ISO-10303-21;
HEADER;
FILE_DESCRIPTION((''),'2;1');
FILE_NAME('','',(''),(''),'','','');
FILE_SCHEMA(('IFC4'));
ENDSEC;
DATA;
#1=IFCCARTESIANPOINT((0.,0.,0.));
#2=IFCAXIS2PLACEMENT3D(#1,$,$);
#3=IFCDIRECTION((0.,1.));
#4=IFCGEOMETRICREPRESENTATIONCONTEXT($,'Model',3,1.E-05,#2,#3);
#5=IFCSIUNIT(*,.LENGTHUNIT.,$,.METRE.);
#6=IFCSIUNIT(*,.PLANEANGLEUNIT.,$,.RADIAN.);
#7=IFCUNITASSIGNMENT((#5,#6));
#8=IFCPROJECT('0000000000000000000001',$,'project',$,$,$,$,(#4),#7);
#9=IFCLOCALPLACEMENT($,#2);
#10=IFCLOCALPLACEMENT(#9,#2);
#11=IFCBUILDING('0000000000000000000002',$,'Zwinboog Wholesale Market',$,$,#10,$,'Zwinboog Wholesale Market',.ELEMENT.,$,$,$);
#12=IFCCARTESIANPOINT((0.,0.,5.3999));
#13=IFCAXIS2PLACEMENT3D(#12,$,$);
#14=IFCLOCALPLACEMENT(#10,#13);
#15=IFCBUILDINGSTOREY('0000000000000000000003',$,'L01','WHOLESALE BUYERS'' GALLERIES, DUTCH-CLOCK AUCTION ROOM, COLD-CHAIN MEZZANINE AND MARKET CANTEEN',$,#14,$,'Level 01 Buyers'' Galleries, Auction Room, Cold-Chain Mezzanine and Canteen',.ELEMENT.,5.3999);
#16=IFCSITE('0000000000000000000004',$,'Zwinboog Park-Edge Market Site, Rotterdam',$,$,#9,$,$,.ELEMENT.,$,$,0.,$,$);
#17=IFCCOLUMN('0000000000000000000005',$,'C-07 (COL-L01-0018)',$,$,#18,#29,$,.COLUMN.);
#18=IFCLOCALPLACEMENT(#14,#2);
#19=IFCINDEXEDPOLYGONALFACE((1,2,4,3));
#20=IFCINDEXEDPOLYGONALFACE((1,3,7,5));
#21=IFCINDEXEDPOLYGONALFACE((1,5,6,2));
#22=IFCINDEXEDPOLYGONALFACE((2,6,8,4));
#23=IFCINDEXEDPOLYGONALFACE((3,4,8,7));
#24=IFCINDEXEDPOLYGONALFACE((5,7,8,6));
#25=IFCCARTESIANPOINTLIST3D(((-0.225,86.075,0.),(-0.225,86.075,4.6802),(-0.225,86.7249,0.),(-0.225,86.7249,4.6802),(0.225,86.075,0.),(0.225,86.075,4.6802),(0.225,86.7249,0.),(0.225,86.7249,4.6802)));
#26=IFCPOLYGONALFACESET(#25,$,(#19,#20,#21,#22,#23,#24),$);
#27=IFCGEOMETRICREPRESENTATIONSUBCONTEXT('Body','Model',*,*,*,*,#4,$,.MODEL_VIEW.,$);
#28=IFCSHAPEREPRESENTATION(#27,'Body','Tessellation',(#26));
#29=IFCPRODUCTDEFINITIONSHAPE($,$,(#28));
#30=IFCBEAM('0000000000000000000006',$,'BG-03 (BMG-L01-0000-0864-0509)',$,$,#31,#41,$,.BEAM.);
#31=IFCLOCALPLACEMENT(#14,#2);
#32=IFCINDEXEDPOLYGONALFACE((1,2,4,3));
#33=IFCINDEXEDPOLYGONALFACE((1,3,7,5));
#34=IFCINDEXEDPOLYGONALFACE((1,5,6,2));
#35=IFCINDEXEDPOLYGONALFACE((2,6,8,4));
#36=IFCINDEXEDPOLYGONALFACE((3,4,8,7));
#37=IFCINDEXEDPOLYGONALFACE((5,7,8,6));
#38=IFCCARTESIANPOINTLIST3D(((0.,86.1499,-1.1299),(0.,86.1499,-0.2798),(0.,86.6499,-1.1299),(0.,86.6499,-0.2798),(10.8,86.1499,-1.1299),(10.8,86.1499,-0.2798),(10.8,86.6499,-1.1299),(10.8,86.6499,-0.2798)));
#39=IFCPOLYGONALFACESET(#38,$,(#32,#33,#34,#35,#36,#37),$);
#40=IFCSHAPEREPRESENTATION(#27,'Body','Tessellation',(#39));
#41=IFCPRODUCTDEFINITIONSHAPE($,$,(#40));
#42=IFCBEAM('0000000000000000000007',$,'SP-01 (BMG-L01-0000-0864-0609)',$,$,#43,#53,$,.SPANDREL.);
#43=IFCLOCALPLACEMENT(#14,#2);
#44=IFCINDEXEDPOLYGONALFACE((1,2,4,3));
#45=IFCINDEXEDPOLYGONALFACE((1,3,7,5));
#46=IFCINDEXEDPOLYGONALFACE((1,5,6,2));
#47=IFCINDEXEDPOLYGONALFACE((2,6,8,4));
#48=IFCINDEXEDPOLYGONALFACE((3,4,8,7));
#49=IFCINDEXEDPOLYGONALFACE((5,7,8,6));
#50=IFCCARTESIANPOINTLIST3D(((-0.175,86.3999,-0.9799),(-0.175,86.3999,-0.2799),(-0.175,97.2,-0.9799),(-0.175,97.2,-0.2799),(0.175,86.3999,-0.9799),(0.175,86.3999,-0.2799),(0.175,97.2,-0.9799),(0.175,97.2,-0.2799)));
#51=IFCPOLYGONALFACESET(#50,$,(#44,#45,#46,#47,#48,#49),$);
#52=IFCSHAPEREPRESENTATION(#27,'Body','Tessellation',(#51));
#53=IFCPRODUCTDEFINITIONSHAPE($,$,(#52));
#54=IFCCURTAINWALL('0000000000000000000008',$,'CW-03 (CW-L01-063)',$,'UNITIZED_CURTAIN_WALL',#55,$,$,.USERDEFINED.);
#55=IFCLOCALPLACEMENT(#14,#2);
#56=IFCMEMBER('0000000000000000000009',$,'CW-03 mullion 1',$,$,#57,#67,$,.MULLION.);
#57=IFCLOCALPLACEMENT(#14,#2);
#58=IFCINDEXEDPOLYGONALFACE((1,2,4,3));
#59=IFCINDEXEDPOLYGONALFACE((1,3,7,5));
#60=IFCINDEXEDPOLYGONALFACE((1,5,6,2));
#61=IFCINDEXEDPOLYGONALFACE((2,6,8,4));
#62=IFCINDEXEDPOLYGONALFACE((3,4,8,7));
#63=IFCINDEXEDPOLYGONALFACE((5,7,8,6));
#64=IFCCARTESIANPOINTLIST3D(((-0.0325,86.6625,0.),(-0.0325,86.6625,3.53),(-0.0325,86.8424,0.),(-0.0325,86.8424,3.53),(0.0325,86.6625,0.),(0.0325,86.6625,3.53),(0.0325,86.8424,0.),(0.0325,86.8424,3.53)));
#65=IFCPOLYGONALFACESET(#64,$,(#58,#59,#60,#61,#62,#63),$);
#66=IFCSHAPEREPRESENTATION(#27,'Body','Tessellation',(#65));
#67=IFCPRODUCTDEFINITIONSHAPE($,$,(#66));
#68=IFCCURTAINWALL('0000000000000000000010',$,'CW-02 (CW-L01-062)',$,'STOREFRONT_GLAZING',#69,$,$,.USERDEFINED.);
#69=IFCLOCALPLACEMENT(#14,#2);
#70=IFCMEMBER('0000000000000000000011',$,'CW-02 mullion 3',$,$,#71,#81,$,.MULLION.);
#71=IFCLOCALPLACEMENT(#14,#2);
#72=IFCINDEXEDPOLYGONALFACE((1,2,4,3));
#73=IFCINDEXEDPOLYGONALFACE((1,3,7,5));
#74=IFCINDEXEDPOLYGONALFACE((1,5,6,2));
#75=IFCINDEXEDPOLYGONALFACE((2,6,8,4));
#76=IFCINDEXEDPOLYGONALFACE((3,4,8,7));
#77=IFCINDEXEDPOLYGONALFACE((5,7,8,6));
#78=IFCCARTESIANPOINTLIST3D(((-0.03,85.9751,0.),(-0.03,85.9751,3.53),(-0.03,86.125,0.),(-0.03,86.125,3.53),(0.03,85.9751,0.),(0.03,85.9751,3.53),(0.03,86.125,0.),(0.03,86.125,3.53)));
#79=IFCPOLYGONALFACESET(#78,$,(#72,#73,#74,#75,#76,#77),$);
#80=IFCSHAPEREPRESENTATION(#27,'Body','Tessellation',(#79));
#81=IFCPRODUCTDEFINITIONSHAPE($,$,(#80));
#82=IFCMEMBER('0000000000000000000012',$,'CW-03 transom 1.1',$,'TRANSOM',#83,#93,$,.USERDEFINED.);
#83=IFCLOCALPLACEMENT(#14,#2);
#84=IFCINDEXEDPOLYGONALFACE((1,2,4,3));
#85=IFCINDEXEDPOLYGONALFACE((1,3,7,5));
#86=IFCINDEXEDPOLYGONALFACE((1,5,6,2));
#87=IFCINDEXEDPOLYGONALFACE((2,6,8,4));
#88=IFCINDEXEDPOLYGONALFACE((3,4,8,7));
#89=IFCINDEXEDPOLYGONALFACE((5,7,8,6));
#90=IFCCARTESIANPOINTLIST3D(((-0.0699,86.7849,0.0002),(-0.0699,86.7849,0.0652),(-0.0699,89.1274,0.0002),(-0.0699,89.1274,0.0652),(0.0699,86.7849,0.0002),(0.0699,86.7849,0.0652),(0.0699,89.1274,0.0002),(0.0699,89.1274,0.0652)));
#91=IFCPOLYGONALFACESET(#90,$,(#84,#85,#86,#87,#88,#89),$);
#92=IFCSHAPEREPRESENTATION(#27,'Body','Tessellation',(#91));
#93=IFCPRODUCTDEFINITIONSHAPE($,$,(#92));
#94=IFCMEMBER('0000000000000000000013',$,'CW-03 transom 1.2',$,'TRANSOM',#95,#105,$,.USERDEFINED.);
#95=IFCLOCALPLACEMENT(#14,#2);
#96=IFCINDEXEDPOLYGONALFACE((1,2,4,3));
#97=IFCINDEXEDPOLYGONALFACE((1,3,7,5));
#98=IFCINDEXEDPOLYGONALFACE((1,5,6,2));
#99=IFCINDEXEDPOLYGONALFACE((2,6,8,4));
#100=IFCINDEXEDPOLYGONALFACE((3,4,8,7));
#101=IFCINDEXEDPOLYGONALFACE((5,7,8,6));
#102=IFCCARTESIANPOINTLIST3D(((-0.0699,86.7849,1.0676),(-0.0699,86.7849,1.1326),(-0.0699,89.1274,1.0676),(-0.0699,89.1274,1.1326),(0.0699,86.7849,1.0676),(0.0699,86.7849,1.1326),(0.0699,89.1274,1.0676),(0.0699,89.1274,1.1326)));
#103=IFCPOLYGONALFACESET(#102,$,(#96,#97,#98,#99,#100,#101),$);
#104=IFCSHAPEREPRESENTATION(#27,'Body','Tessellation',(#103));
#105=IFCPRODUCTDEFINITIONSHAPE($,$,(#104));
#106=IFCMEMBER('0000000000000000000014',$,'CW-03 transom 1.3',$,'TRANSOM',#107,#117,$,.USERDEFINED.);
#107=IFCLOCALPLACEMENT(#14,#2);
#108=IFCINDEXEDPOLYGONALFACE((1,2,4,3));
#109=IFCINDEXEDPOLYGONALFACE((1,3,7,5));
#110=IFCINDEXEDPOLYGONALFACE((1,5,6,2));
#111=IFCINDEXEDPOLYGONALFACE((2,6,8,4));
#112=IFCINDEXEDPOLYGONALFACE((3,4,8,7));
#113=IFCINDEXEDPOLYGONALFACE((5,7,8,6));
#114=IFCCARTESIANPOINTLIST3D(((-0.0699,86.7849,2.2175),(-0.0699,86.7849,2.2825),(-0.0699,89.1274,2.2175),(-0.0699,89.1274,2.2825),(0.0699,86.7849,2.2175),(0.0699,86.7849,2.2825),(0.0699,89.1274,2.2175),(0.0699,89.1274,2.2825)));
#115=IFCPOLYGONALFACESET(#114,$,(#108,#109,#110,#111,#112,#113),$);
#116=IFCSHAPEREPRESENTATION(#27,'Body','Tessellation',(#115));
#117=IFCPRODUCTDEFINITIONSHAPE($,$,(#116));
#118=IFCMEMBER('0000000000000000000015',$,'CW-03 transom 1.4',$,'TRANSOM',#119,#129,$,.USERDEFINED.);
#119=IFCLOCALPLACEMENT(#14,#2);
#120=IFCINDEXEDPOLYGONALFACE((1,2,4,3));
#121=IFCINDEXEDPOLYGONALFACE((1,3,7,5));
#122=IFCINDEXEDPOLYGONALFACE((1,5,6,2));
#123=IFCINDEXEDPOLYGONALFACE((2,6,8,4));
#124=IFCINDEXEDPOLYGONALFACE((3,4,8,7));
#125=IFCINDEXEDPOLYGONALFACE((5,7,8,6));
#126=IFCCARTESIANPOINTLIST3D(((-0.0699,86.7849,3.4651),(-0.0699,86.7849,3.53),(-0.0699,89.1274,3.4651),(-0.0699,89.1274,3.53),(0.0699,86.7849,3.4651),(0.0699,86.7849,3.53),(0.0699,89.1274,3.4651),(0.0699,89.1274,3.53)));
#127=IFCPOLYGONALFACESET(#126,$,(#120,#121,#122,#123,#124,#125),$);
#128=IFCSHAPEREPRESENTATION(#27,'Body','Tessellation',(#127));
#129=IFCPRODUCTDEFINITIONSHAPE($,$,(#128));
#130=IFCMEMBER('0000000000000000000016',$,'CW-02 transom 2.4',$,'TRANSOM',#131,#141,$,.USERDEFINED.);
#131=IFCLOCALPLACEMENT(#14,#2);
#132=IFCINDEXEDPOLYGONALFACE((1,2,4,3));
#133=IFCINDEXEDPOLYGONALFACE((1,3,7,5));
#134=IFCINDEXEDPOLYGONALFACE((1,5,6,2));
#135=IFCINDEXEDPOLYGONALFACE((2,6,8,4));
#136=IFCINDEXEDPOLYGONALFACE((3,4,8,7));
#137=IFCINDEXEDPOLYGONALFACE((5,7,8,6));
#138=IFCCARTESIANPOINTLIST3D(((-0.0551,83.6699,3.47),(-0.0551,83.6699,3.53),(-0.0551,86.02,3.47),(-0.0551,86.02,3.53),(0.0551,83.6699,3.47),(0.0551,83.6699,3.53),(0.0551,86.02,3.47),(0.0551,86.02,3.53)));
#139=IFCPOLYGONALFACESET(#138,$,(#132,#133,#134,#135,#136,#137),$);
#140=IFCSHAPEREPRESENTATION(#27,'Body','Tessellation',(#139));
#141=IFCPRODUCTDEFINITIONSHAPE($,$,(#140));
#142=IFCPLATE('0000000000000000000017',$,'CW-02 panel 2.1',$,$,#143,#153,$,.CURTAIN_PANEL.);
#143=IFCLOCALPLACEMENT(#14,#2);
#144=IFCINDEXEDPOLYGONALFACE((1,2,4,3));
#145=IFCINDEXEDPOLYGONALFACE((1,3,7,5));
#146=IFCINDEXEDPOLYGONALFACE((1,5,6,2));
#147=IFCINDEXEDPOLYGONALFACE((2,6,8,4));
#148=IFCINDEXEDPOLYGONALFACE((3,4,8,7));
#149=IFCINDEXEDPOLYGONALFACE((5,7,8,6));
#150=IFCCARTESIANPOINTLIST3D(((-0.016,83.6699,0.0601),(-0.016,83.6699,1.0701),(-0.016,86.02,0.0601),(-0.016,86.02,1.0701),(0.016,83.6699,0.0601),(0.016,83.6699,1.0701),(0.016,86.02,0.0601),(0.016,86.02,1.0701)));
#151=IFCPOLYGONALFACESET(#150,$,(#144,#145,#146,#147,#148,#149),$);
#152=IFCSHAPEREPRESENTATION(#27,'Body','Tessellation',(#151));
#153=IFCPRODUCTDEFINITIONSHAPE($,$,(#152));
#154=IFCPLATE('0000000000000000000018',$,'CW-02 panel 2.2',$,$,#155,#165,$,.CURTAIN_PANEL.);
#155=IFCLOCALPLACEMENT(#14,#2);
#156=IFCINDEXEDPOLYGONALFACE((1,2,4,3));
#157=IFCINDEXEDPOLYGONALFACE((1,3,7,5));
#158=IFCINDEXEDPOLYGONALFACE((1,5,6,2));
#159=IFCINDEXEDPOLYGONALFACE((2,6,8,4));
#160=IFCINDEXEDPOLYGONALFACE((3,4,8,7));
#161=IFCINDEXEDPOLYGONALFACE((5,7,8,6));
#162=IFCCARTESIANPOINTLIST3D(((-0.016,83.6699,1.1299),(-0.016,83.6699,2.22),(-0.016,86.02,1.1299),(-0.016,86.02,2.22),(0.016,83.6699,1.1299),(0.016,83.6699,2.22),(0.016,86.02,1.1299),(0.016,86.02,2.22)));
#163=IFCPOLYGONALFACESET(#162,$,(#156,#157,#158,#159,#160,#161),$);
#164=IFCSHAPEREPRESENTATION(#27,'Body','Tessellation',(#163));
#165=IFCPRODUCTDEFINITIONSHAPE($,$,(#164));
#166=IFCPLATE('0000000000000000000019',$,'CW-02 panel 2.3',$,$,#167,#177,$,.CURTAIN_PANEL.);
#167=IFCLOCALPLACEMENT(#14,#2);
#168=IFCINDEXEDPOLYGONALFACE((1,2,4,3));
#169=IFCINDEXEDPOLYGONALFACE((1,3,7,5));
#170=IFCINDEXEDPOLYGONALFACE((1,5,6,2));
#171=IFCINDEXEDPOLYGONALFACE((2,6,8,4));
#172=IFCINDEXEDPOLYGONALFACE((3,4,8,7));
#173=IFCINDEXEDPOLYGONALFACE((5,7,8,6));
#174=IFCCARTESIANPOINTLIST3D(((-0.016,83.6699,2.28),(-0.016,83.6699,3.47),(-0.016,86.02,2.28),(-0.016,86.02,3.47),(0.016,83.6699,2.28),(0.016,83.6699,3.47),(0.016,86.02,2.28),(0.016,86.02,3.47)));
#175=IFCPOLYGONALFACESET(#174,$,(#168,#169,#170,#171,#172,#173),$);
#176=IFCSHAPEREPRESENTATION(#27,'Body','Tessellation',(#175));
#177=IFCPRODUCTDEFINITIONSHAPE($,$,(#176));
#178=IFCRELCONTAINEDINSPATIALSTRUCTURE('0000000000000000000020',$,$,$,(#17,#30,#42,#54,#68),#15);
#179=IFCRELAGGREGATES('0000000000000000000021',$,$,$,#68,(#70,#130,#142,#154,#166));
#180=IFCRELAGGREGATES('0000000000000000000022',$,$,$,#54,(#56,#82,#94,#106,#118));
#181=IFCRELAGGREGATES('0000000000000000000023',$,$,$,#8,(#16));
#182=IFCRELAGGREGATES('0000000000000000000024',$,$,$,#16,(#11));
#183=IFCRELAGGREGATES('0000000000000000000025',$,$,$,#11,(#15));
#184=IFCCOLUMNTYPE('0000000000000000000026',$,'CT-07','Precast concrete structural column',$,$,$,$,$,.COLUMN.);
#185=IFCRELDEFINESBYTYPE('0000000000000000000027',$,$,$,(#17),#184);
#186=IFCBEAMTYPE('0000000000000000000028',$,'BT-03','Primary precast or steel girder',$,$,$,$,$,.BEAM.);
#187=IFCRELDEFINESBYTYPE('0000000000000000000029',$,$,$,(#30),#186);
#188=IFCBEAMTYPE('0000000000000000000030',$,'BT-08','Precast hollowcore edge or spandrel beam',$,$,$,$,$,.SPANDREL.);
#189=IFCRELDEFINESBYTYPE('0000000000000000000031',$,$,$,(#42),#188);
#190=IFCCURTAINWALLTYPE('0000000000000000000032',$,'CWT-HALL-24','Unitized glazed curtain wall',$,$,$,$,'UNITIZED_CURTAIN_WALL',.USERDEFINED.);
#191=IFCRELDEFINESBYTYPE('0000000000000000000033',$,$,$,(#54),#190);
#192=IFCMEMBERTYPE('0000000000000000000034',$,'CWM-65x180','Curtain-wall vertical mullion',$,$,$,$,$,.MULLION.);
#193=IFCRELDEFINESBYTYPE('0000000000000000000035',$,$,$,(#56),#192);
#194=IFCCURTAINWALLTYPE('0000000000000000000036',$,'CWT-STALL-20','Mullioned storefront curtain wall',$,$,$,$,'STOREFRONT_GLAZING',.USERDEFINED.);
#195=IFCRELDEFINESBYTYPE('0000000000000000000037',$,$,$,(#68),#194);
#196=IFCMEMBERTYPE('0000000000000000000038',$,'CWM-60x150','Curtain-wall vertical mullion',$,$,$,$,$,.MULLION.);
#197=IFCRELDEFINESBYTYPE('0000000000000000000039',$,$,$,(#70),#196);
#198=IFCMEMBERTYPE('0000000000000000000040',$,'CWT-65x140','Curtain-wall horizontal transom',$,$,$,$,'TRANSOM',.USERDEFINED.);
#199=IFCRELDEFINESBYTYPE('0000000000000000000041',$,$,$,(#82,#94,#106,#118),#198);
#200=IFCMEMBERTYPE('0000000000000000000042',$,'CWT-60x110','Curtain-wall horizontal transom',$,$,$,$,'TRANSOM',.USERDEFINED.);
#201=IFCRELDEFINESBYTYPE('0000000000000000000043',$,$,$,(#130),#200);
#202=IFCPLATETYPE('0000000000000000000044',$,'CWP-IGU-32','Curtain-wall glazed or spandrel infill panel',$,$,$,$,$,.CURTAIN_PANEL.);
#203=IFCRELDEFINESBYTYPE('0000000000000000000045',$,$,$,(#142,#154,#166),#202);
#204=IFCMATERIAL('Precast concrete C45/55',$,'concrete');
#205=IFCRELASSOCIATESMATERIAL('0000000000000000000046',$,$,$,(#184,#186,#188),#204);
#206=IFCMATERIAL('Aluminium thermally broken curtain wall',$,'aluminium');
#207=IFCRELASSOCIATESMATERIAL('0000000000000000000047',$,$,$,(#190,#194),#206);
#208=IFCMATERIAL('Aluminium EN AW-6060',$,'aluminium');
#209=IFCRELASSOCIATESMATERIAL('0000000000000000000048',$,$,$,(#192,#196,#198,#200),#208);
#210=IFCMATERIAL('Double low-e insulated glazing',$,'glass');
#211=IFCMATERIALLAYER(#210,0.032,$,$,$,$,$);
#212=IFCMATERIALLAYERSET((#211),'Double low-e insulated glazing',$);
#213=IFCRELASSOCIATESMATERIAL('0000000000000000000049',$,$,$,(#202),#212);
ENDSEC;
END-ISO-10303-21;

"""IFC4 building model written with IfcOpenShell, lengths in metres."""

from ifc_helpers import new_model, si_unit, direction, frame, origin, origin_2d, place, context, subcontext, project, spatial, rectangle, extrude, material, layer, layer_set, material_profile, profile_set, type_object, element, aggregate, save


model = new_model("IFC4")

# Units and contexts
model_context = context("Model", 3, precision=1e-05, world=origin(), true_north=direction((0.0, 1.0)))
body_context = subcontext(model_context, "Body", "Model", "MODEL_VIEW")
ifc_project = project(units=[si_unit("LENGTHUNIT", "METRE"), si_unit("PLANEANGLEUNIT", "RADIAN")], contexts=[model_context])

# Site, building, storey
site_placement = place(None, origin())
site = spatial("IfcSite", under=ifc_project, at=site_placement, Name="Zwinboog Park-Edge Market Site, Rotterdam", CompositionType="ELEMENT", RefElevation=0.0)
building_placement = place(site_placement, origin())
building = spatial("IfcBuilding", under=site, at=building_placement, Name="Zwinboog Wholesale Market", LongName="Zwinboog Wholesale Market", CompositionType="ELEMENT")
storey_placement = place(building_placement, frame((0.0, 0.0, 5.3999)))
storey = spatial("IfcBuildingStorey", under=building, at=storey_placement, Name="L01", Description="WHOLESALE BUYERS' GALLERIES, DUTCH-CLOCK AUCTION ROOM, COLD-CHAIN MEZZANINE AND MARKET CANTEEN", LongName="Level 01 Buyers' Galleries, Auction Room, Cold-Chain Mezzanine and Canteen", CompositionType="ELEMENT", Elevation=5.3999)

# Column
ifc_material_1 = material(Name="Precast concrete C45/55", Category="concrete")
ifc_material_profile_1 = material_profile(ifc_material_1, rectangle(XDim=0.45, YDim=0.6499, at=origin_2d()), Name="PC 450x650")
ifc_profile_set_1 = profile_set([ifc_material_profile_1], Name="Precast concrete C45/55")
column_type = type_object("IfcColumnType", Name="CT-07", Description="Precast concrete structural column", PredefinedType="COLUMN", material=ifc_profile_set_1)
column_placement = place(storey_placement, frame((0.0, 86.3999, 0.0), z_axis=(0.0, 0.0, 1.0), x_axis=(1.0, 0.0, 0.0)))
element("IfcColumn", 1, at=column_placement, inside=storey, type_object=column_type, Name="C-07 (COL-L01-0018)", PredefinedType="COLUMN", context=body_context, shape_type="SweptSolid", body=[
    extrude(rectangle(XDim=0.45, YDim=0.6499, at=origin_2d()), origin(), (0.0, 0.0, 1.0), 4.6802),
])

# Beams
ifc_material_profile_2 = material_profile(ifc_material_1, rectangle(XDim=0.5, YDim=0.8501, at=origin_2d()), Name="PC 500x850")
ifc_profile_set_2 = profile_set([ifc_material_profile_2], Name="Precast concrete C45/55")
beam_type_1 = type_object("IfcBeamType", Name="BT-03", Description="Primary precast or steel girder", PredefinedType="BEAM", material=ifc_profile_set_2)
beam_1_placement = place(storey_placement, frame((0.0, 86.3999, -0.7048), z_axis=(1.0, 0.0, 0.0), x_axis=(0.0, 1.0, 0.0)))
element("IfcBeam", 2, at=beam_1_placement, inside=storey, type_object=beam_type_1, Name="BG-03 (BMG-L01-0000-0864-0509)", PredefinedType="BEAM", context=body_context, shape_type="SweptSolid", body=[
    extrude(rectangle(XDim=0.5, YDim=0.8501, at=origin_2d()), origin(), (0.0, 0.0, 1.0), 10.8),
])
ifc_material_profile_3 = material_profile(ifc_material_1, rectangle(XDim=0.3501, YDim=0.7, at=origin_2d()), Name="PC 350x700")
ifc_profile_set_3 = profile_set([ifc_material_profile_3], Name="Precast concrete C45/55")
beam_type_2 = type_object("IfcBeamType", Name="BT-08", Description="Precast hollowcore edge or spandrel beam", PredefinedType="SPANDREL", material=ifc_profile_set_3)
beam_2_placement = place(storey_placement, frame((0.0, 86.3999, -0.6299), z_axis=(0.0, 1.0, 0.0), x_axis=(-1.0, 0.0, 0.0)))
element("IfcBeam", 3, at=beam_2_placement, inside=storey, type_object=beam_type_2, Name="SP-01 (BMG-L01-0000-0864-0609)", PredefinedType="SPANDREL", context=body_context, shape_type="SweptSolid", body=[
    extrude(rectangle(XDim=0.3501, YDim=0.7, at=origin_2d()), origin(), (0.0, 0.0, 1.0), 10.8),
])

# Curtain walls, members
ifc_material_2 = material(Name="Aluminium thermally broken curtain wall", Category="aluminium")
curtain_wall_type_1 = type_object("IfcCurtainWallType", Name="CWT-HALL-24", Description="Unitized glazed curtain wall", ElementType="UNITIZED_CURTAIN_WALL", PredefinedType="USERDEFINED", material=ifc_material_2)
curtain_wall_1_placement = place(storey_placement, origin())
curtain_wall_1 = element("IfcCurtainWall", 4, at=curtain_wall_1_placement, inside=storey, type_object=curtain_wall_type_1, Name="CW-03 (CW-L01-063)", ObjectType="UNITIZED_CURTAIN_WALL", PredefinedType="USERDEFINED")
ifc_material_3 = material(Name="Aluminium EN AW-6060", Category="aluminium")
ifc_material_profile_4 = material_profile(ifc_material_3, rectangle(XDim=0.0649, YDim=0.1799, at=origin_2d()), Name="AL 65x180")
ifc_profile_set_4 = profile_set([ifc_material_profile_4], Name="Aluminium EN AW-6060")
member_type_1 = type_object("IfcMemberType", Name="CWM-65x180", Description="Curtain-wall vertical mullion", PredefinedType="MULLION", material=ifc_profile_set_4)
member_1_placement = place(storey_placement, frame((0.0, 86.7524, 0.0), z_axis=(0.0, 0.0, 1.0), x_axis=(-1.0, 0.0, 0.0)))
member_1 = element("IfcMember", 5, at=member_1_placement, type_object=member_type_1, Name="CW-03 mullion 1", PredefinedType="MULLION", context=body_context, shape_type="SweptSolid", body=[
    extrude(rectangle(XDim=0.0649, YDim=0.1799, at=origin_2d()), origin(), (0.0, 0.0, 1.0), 3.53),
])
curtain_wall_type_2 = type_object("IfcCurtainWallType", Name="CWT-STALL-20", Description="Mullioned storefront curtain wall", ElementType="STOREFRONT_GLAZING", PredefinedType="USERDEFINED", material=ifc_material_2)
curtain_wall_2_placement = place(storey_placement, origin())
curtain_wall_2 = element("IfcCurtainWall", 6, at=curtain_wall_2_placement, inside=storey, type_object=curtain_wall_type_2, Name="CW-02 (CW-L01-062)", ObjectType="STOREFRONT_GLAZING", PredefinedType="USERDEFINED")
ifc_material_profile_5 = material_profile(ifc_material_3, rectangle(XDim=0.0601, YDim=0.1499, at=origin_2d()), Name="AL 60x150")
ifc_profile_set_5 = profile_set([ifc_material_profile_5], Name="Aluminium EN AW-6060")
member_type_2 = type_object("IfcMemberType", Name="CWM-60x150", Description="Curtain-wall vertical mullion", PredefinedType="MULLION", material=ifc_profile_set_5)
member_2_placement = place(storey_placement, frame((0.0, 86.05, 0.0), z_axis=(0.0, 0.0, 1.0), x_axis=(-1.0, 0.0, 0.0)))
member_2 = element("IfcMember", 7, at=member_2_placement, type_object=member_type_2, Name="CW-02 mullion 3", PredefinedType="MULLION", context=body_context, shape_type="SweptSolid", body=[
    extrude(rectangle(XDim=0.0601, YDim=0.1499, at=origin_2d()), origin(), (0.0, 0.0, 1.0), 3.53),
])

# Members
ifc_material_profile_6 = material_profile(ifc_material_3, rectangle(XDim=0.1399, YDim=0.0649, at=origin_2d()), Name="AL 65x140")
ifc_profile_set_6 = profile_set([ifc_material_profile_6], Name="Aluminium EN AW-6060")
member_type_3 = type_object("IfcMemberType", Name="CWT-65x140", Description="Curtain-wall horizontal transom", ElementType="TRANSOM", PredefinedType="USERDEFINED", material=ifc_profile_set_6)
member_3_placement = place(storey_placement, frame((0.0, 86.7849, 0.0327), z_axis=(0.0, 1.0, 0.0), x_axis=(-1.0, 0.0, 0.0)))
member_3 = element("IfcMember", 8, at=member_3_placement, type_object=member_type_3, Name="CW-03 transom 1.1", ObjectType="TRANSOM", PredefinedType="USERDEFINED", context=body_context, shape_type="SweptSolid", body=[
    extrude(rectangle(XDim=0.1399, YDim=0.0649, at=origin_2d()), origin(), (0.0, 0.0, 1.0), 2.3425),
])
member_4_placement = place(storey_placement, frame((0.0, 86.7849, 1.1001), z_axis=(0.0, 1.0, 0.0), x_axis=(-1.0, 0.0, 0.0)))
member_4 = element("IfcMember", 9, at=member_4_placement, type_object=member_type_3, Name="CW-03 transom 1.2", ObjectType="TRANSOM", PredefinedType="USERDEFINED", context=body_context, shape_type="SweptSolid", body=[
    extrude(rectangle(XDim=0.1399, YDim=0.0649, at=origin_2d()), origin(), (0.0, 0.0, 1.0), 2.3425),
])
member_5_placement = place(storey_placement, frame((0.0, 86.7849, 2.25), z_axis=(0.0, 1.0, 0.0), x_axis=(-1.0, 0.0, 0.0)))
member_5 = element("IfcMember", 10, at=member_5_placement, type_object=member_type_3, Name="CW-03 transom 1.3", ObjectType="TRANSOM", PredefinedType="USERDEFINED", context=body_context, shape_type="SweptSolid", body=[
    extrude(rectangle(XDim=0.1399, YDim=0.0649, at=origin_2d()), origin(), (0.0, 0.0, 1.0), 2.3425),
])
member_6_placement = place(storey_placement, frame((0.0, 86.7849, 3.4976), z_axis=(0.0, 1.0, 0.0), x_axis=(-1.0, 0.0, 0.0)))
member_6 = element("IfcMember", 11, at=member_6_placement, type_object=member_type_3, Name="CW-03 transom 1.4", ObjectType="TRANSOM", PredefinedType="USERDEFINED", context=body_context, shape_type="SweptSolid", body=[
    extrude(rectangle(XDim=0.1399, YDim=0.0649, at=origin_2d()), origin(), (0.0, 0.0, 1.0), 2.3425),
])
ifc_material_profile_7 = material_profile(ifc_material_3, rectangle(XDim=0.1101, YDim=0.0601, at=origin_2d()), Name="AL 60x110")
ifc_profile_set_7 = profile_set([ifc_material_profile_7], Name="Aluminium EN AW-6060")
member_type_4 = type_object("IfcMemberType", Name="CWT-60x110", Description="Curtain-wall horizontal transom", ElementType="TRANSOM", PredefinedType="USERDEFINED", material=ifc_profile_set_7)
member_7_placement = place(storey_placement, frame((0.0, 83.6699, 3.5), z_axis=(0.0, 1.0, 0.0), x_axis=(-1.0, 0.0, 0.0)))
member_7 = element("IfcMember", 12, at=member_7_placement, type_object=member_type_4, Name="CW-02 transom 2.4", ObjectType="TRANSOM", PredefinedType="USERDEFINED", context=body_context, shape_type="SweptSolid", body=[
    extrude(rectangle(XDim=0.1101, YDim=0.0601, at=origin_2d()), origin(), (0.0, 0.0, 1.0), 2.3501),
])

# Plates
ifc_material_4 = material(Name="Double low-e insulated glazing", Category="glass")
ifc_layer_1 = layer(ifc_material_4, 0.032)
ifc_layer_set_1 = layer_set([ifc_layer_1], Name="Double low-e insulated glazing")
plate_type = type_object("IfcPlateType", Name="CWP-IGU-32", Description="Curtain-wall glazed or spandrel infill panel", PredefinedType="CURTAIN_PANEL", material=ifc_layer_set_1)
plate_1_placement = place(storey_placement, frame((0.0, 84.845, 0.0601), z_axis=(0.0, 0.0, 1.0), x_axis=(0.0, 1.0, 0.0)))
plate_1 = element("IfcPlate", 13, at=plate_1_placement, type_object=plate_type, Name="CW-02 panel 2.1", PredefinedType="CURTAIN_PANEL", context=body_context, shape_type="SweptSolid", body=[
    extrude(rectangle(XDim=2.3501, YDim=0.032, at=origin_2d()), origin(), (0.0, 0.0, 1.0), 1.01),
])
plate_2_placement = place(storey_placement, frame((0.0, 84.845, 1.1299), z_axis=(0.0, 0.0, 1.0), x_axis=(0.0, 1.0, 0.0)))
plate_2 = element("IfcPlate", 14, at=plate_2_placement, type_object=plate_type, Name="CW-02 panel 2.2", PredefinedType="CURTAIN_PANEL", context=body_context, shape_type="SweptSolid", body=[
    extrude(rectangle(XDim=2.3501, YDim=0.032, at=origin_2d()), origin(), (0.0, 0.0, 1.0), 1.0901),
])
plate_3_placement = place(storey_placement, frame((0.0, 84.845, 2.28), z_axis=(0.0, 0.0, 1.0), x_axis=(0.0, 1.0, 0.0)))
plate_3 = element("IfcPlate", 15, at=plate_3_placement, type_object=plate_type, Name="CW-02 panel 2.3", PredefinedType="CURTAIN_PANEL", context=body_context, shape_type="SweptSolid", body=[
    extrude(rectangle(XDim=2.3501, YDim=0.032, at=origin_2d()), origin(), (0.0, 0.0, 1.0), 1.1899),
])
aggregate(curtain_wall_2, [member_2, member_7, plate_1, plate_2, plate_3])
aggregate(curtain_wall_1, [member_1, member_3, member_4, member_5, member_6])

save(model, "model.ifc")
